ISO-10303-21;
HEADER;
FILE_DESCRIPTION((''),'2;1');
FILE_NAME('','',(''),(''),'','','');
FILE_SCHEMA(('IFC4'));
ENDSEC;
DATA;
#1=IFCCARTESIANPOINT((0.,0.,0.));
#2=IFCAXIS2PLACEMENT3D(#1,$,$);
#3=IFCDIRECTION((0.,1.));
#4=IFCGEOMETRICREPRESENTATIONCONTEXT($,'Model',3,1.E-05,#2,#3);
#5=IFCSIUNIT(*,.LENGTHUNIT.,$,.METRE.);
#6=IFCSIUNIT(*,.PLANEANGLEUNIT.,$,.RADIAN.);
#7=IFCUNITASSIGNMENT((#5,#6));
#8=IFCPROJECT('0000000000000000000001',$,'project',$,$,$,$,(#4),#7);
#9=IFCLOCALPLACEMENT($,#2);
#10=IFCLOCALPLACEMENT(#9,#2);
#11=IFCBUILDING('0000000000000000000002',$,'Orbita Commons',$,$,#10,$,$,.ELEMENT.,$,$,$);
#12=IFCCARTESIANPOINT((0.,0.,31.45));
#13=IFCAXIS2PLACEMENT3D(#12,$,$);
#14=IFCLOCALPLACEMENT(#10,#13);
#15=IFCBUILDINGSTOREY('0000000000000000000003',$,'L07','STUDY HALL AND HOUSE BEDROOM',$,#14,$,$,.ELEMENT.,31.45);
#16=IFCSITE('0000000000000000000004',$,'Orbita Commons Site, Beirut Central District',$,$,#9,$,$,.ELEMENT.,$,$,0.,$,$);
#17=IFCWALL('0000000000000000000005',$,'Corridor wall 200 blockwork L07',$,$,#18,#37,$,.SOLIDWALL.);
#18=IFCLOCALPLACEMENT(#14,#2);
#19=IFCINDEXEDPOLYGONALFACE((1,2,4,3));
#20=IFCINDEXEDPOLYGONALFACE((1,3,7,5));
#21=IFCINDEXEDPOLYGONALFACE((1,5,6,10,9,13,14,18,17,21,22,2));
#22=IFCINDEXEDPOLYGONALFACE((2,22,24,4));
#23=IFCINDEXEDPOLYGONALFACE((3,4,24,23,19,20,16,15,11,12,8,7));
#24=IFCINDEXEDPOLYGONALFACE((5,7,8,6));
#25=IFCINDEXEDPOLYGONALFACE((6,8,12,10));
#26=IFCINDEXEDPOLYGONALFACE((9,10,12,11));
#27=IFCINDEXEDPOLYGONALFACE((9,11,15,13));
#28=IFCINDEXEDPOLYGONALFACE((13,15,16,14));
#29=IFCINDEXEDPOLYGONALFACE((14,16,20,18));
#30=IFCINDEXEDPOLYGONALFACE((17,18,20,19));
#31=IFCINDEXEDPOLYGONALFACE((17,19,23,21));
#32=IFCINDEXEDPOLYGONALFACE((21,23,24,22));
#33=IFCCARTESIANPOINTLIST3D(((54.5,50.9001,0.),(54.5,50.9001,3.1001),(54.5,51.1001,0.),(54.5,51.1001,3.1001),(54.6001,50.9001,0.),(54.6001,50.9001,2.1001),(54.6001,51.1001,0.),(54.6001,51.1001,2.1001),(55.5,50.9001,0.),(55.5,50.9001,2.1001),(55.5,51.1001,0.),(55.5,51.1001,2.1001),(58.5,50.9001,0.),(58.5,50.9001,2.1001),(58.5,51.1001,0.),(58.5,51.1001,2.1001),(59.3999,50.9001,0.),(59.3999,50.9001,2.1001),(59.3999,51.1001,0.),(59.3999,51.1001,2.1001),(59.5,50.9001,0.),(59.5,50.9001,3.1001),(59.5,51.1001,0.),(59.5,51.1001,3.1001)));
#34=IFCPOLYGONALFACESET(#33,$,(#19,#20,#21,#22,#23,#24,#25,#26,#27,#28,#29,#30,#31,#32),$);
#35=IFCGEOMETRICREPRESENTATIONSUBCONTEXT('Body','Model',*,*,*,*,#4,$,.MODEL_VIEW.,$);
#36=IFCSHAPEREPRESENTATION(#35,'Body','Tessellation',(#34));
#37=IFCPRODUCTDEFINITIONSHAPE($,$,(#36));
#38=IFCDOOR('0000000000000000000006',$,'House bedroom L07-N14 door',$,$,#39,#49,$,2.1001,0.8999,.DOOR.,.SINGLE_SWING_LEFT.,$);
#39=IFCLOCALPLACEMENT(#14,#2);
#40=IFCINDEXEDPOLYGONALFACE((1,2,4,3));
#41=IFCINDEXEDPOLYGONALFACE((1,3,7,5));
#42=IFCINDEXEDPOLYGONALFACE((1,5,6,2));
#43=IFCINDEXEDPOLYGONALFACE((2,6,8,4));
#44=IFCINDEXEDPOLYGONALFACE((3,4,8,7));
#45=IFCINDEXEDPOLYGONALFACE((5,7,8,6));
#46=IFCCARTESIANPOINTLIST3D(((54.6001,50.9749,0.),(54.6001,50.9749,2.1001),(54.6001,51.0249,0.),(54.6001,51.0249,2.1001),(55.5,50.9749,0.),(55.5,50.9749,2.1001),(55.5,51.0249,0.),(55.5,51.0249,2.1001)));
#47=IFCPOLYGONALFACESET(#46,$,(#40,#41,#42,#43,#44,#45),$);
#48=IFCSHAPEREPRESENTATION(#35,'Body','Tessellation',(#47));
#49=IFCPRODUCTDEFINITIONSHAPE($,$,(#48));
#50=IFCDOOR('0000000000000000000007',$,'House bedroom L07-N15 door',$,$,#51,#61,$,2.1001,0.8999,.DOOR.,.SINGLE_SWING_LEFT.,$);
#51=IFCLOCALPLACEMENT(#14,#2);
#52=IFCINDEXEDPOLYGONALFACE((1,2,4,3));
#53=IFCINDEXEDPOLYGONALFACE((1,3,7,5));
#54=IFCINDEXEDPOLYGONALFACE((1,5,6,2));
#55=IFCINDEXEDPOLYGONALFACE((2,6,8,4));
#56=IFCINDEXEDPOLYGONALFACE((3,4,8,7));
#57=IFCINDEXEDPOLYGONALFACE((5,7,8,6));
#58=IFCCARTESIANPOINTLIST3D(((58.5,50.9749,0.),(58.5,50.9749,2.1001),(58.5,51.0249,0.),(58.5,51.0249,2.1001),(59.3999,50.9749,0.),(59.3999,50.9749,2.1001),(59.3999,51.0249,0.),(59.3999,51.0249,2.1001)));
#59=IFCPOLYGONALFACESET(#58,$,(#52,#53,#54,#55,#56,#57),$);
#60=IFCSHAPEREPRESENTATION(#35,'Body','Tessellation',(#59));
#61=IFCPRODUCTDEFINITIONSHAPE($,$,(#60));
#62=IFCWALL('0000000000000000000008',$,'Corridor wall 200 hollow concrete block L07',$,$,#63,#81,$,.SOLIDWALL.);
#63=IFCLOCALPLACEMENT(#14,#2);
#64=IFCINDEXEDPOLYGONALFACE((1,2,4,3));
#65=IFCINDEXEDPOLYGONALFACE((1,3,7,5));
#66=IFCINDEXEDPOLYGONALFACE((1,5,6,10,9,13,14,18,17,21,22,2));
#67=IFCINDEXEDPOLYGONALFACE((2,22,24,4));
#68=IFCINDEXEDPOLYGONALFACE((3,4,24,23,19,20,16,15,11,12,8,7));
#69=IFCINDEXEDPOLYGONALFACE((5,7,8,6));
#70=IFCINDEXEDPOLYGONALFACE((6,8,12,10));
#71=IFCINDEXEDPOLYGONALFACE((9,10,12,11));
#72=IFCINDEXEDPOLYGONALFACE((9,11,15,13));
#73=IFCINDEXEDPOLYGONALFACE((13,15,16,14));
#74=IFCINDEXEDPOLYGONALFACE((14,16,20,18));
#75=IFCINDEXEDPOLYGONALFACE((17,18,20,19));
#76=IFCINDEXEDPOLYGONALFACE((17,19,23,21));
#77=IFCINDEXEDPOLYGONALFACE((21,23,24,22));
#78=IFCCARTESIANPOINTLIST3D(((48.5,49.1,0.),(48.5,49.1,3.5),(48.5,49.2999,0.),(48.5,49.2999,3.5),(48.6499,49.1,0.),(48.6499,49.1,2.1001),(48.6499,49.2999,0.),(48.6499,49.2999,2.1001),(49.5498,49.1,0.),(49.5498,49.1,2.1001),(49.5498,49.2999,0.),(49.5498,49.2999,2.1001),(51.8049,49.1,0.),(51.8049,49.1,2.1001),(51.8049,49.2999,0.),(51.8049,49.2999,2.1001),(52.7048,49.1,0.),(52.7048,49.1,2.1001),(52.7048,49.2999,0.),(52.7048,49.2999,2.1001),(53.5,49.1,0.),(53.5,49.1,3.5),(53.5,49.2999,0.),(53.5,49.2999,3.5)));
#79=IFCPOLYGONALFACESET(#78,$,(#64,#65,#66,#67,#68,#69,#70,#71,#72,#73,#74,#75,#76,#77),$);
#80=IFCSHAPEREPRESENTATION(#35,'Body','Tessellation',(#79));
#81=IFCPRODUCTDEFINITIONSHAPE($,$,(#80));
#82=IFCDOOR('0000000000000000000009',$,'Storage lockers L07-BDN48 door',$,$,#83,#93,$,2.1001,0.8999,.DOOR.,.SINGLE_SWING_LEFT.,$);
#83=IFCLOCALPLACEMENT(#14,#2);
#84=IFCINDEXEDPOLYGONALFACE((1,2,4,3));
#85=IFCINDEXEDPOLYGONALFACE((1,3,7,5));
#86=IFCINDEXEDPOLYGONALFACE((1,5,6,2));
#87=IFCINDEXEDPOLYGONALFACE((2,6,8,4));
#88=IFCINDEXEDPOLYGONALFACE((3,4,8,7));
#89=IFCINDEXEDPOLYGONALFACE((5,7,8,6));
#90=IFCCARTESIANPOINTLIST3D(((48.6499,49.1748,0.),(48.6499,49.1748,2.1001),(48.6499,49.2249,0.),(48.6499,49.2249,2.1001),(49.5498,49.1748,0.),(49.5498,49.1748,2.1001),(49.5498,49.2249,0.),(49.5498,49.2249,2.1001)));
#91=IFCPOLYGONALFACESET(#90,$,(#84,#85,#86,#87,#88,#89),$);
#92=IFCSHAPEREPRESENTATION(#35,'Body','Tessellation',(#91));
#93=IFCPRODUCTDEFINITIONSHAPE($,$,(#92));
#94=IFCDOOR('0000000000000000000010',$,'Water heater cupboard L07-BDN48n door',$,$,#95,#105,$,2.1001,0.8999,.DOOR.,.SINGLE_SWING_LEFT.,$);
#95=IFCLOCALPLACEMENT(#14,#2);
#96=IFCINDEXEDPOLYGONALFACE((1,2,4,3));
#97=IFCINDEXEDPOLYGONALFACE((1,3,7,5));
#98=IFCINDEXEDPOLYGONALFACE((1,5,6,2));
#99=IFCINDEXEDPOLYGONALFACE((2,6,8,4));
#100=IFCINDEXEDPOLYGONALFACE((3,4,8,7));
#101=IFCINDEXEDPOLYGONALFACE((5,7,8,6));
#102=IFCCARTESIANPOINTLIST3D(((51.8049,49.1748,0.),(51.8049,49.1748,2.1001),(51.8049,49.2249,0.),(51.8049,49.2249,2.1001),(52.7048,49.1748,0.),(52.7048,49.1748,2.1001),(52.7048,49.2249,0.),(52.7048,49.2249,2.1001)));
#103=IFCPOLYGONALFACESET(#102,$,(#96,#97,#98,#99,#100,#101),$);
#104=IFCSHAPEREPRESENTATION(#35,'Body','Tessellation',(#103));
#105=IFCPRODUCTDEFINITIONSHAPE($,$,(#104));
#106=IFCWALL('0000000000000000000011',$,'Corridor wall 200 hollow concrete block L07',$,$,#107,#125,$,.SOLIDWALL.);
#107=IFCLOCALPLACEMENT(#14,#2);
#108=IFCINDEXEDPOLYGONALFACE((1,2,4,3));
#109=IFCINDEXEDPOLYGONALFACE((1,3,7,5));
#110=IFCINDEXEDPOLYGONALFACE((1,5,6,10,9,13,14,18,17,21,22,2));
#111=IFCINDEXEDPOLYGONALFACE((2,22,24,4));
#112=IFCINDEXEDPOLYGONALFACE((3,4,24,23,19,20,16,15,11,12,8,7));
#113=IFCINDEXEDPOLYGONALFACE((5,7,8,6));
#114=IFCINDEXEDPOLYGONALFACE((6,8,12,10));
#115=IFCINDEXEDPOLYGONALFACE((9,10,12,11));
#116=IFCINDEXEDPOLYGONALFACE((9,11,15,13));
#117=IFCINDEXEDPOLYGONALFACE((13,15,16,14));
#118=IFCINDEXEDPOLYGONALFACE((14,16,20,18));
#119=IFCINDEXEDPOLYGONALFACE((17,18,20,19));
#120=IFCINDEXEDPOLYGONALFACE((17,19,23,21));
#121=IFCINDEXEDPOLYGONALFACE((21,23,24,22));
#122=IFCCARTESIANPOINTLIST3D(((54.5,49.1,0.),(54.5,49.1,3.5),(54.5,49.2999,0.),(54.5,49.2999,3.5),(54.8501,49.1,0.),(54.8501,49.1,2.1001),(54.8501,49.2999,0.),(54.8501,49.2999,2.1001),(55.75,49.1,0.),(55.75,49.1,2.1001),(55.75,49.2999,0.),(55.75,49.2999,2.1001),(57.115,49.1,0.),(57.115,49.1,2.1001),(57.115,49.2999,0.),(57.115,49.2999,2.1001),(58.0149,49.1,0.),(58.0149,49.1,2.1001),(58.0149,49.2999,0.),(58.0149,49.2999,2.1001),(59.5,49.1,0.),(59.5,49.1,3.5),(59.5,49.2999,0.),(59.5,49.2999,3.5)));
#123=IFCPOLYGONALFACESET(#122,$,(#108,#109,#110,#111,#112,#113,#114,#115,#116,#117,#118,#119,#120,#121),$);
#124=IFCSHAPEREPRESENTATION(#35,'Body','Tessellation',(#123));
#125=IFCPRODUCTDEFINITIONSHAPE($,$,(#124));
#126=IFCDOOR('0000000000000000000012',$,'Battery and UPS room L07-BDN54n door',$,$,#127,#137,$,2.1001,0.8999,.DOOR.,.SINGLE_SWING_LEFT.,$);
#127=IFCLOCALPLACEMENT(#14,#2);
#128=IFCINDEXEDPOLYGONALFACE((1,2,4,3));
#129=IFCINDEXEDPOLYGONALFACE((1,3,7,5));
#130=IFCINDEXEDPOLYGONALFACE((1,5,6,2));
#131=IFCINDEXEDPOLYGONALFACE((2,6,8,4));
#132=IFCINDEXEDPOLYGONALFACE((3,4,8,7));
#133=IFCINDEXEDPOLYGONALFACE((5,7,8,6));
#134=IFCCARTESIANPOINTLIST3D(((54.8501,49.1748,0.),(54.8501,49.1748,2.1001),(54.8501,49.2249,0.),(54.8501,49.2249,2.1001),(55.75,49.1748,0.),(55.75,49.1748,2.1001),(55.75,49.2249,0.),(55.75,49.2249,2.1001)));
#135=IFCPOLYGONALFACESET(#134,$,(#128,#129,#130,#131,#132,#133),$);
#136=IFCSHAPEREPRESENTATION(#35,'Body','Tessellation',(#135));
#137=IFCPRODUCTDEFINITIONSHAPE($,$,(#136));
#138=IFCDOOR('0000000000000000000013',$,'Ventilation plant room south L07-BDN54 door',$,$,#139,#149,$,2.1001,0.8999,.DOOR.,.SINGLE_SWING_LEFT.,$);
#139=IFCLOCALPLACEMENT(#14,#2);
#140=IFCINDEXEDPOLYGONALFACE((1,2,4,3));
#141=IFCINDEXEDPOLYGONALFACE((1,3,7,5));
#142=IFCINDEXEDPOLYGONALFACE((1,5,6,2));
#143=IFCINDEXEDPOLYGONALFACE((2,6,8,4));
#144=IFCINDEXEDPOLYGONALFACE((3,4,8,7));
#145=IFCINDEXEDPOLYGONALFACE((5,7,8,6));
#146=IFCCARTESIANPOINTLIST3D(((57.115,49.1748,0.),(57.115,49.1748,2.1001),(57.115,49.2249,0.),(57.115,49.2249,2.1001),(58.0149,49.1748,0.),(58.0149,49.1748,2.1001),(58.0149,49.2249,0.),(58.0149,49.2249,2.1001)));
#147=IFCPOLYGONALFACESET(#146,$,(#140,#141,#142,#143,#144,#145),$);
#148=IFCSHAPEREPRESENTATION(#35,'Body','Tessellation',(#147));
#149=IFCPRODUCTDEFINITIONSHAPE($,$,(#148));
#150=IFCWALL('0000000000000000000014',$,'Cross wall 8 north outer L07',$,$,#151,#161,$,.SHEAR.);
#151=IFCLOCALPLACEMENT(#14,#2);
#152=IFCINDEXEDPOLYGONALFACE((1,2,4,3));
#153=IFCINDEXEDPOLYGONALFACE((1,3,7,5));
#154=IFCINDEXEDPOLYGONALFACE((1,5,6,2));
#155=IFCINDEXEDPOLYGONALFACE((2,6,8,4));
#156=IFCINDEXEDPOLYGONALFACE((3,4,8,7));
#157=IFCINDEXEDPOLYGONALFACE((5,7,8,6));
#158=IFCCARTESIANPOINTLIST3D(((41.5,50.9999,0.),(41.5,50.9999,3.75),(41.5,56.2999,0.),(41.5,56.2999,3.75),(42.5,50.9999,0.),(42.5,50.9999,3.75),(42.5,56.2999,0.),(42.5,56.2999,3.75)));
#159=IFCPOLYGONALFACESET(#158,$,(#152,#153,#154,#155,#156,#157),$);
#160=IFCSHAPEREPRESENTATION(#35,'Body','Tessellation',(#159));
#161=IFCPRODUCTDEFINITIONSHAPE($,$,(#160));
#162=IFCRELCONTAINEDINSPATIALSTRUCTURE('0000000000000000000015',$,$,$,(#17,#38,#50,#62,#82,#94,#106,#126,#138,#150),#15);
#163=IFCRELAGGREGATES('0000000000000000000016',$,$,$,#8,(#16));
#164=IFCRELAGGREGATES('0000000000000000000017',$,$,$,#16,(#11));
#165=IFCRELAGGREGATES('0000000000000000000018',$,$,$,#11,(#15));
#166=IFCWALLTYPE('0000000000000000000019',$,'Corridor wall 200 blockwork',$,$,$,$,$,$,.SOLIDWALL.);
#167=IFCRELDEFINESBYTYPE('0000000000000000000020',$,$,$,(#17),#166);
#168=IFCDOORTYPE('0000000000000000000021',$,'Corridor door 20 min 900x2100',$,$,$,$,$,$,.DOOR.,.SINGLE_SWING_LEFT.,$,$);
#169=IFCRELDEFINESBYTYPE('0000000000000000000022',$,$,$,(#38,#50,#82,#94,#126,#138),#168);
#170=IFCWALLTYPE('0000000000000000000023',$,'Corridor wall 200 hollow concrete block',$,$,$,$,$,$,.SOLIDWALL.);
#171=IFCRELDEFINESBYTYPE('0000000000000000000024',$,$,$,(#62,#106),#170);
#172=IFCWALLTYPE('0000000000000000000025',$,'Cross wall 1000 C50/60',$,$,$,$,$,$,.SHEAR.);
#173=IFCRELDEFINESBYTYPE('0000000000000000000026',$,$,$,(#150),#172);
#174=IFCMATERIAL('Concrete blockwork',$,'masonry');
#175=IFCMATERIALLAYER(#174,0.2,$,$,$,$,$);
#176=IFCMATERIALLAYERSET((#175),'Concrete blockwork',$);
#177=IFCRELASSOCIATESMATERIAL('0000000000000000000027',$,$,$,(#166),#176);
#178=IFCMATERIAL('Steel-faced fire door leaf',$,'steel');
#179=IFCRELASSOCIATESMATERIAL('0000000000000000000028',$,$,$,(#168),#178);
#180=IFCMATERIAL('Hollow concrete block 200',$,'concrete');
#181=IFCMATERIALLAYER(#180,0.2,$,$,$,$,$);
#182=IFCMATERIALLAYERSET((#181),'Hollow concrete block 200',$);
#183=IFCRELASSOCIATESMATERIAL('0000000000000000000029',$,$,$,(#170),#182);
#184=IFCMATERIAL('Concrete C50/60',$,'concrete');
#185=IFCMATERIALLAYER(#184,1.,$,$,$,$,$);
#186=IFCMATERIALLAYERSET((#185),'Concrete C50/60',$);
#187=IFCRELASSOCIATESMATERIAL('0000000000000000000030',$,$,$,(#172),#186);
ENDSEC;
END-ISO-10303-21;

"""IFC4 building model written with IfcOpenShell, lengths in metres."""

from ifc_helpers import new_model, si_unit, direction, frame, frame_2d, origin, place, context, subcontext, project, spatial, polyline, rectangle, outline, extrude, material, layer, layer_set, type_object, element, fill, save


model = new_model("IFC4")

# Units and contexts
model_context = context("Model", 3, precision=1e-05, world=origin(), true_north=direction((0.0, 1.0)))
body_context = subcontext(model_context, "Body", "Model", "MODEL_VIEW")
ifc_project = project(units=[si_unit("LENGTHUNIT", "METRE"), si_unit("PLANEANGLEUNIT", "RADIAN")], contexts=[model_context])

# Site, building, storey
site_placement = place(None, origin())
site = spatial("IfcSite", under=ifc_project, at=site_placement, Name="Orbita Commons Site, Beirut Central District", CompositionType="ELEMENT", RefElevation=0.0)
building_placement = place(site_placement, origin())
building = spatial("IfcBuilding", under=site, at=building_placement, Name="Orbita Commons", CompositionType="ELEMENT")
storey_placement = place(building_placement, frame((0.0, 0.0, 31.45)))
storey = spatial("IfcBuildingStorey", under=building, at=storey_placement, Name="L07", Description="STUDY HALL AND HOUSE BEDROOM", CompositionType="ELEMENT", Elevation=31.45)

# Shared definitions
ifc_material_1 = material(Name="Concrete blockwork", Category="masonry")
ifc_layer_1 = layer(ifc_material_1, 0.2)
ifc_layer_set_1 = layer_set([ifc_layer_1], Name="Concrete blockwork")
wall_type_1 = type_object("IfcWallType", Name="Corridor wall 200 blockwork", PredefinedType="SOLIDWALL", material=ifc_layer_set_1)

# Walls, openings, doors
wall_1_placement = place(storey_placement, frame((54.5, 51.0, 0.0), z_axis=(0.0, 0.0, 1.0), x_axis=(1.0, 0.0, 0.0)))
wall_1 = element("IfcWall", 1, at=wall_1_placement, inside=storey, type_object=wall_type_1, Name="Corridor wall 200 blockwork L07", PredefinedType="SOLIDWALL", context=body_context, shape_type="SweptSolid", body=[
    extrude(outline(polyline([(0.0, 0.0), (5.0, 0.0), (5.0, 3.1001), (0.0, 3.1001), (0.0, 0.0)])), frame((0.0, 0.1001, 0.0), z_axis=(0.0, -1.0, 0.0), x_axis=(1.0, 0.0, 0.0)), (0.0, 0.0, 1.0), 0.2),
])
opening_1_placement = place(wall_1_placement, frame((0.1001, 0.0, 0.0)))
opening_1 = element("IfcOpeningElement", 2, at=opening_1_placement, cuts=wall_1, PredefinedType="OPENING", context=body_context, shape_type="SweptSolid", body=[
    extrude(rectangle(XDim=0.8999, YDim=2.1001, at=frame_2d((0.45, 1.05))), frame((0.0, 0.1099, 0.0), z_axis=(0.0, -1.0, 0.0), x_axis=(1.0, 0.0, 0.0)), (0.0, 0.0, 1.0), 0.22),
])
opening_2_placement = place(wall_1_placement, frame((4.0, 0.0, 0.0)))
opening_2 = element("IfcOpeningElement", 3, at=opening_2_placement, cuts=wall_1, PredefinedType="OPENING", context=body_context, shape_type="SweptSolid", body=[
    extrude(rectangle(XDim=0.8999, YDim=2.1001, at=frame_2d((0.45, 1.05))), frame((0.0, 0.1099, 0.0), z_axis=(0.0, -1.0, 0.0), x_axis=(1.0, 0.0, 0.0)), (0.0, 0.0, 1.0), 0.22),
])
ifc_material_2 = material(Name="Steel-faced fire door leaf", Category="steel")
door_type_1 = type_object("IfcDoorType", Name="Corridor door 20 min 900x2100", OperationType="SINGLE_SWING_LEFT", PredefinedType="DOOR", material=ifc_material_2)
door_1_placement = place(opening_1_placement, origin())
door_1 = element("IfcDoor", 4, at=door_1_placement, inside=storey, type_object=door_type_1, Name="House bedroom L07-N14 door", OperationType="SINGLE_SWING_LEFT", OverallHeight=2.1001, OverallWidth=0.8999, PredefinedType="DOOR", context=body_context, shape_type="SweptSolid", body=[
    extrude(rectangle(XDim=0.8999, YDim=2.1001, at=frame_2d((0.45, 1.05))), frame((0.0, 0.0249, 0.0), z_axis=(0.0, -1.0, 0.0), x_axis=(1.0, 0.0, 0.0)), (0.0, 0.0, 1.0), 0.05),
])
fill(opening_1, door_1)
door_2_placement = place(opening_2_placement, origin())
door_2 = element("IfcDoor", 5, at=door_2_placement, inside=storey, type_object=door_type_1, Name="House bedroom L07-N15 door", OperationType="SINGLE_SWING_LEFT", OverallHeight=2.1001, OverallWidth=0.8999, PredefinedType="DOOR", context=body_context, shape_type="SweptSolid", body=[
    extrude(rectangle(XDim=0.8999, YDim=2.1001, at=frame_2d((0.45, 1.05))), frame((0.0, 0.0249, 0.0), z_axis=(0.0, -1.0, 0.0), x_axis=(1.0, 0.0, 0.0)), (0.0, 0.0, 1.0), 0.05),
])
fill(opening_2, door_2)
ifc_material_3 = material(Name="Hollow concrete block 200", Category="concrete")
ifc_layer_2 = layer(ifc_material_3, 0.2)
ifc_layer_set_2 = layer_set([ifc_layer_2], Name="Hollow concrete block 200")
wall_type_2 = type_object("IfcWallType", Name="Corridor wall 200 hollow concrete block", PredefinedType="SOLIDWALL", material=ifc_layer_set_2)
wall_2_placement = place(storey_placement, frame((48.5, 49.2, 0.0), z_axis=(0.0, 0.0, 1.0), x_axis=(1.0, 0.0, 0.0)))
wall_2 = element("IfcWall", 6, at=wall_2_placement, inside=storey, type_object=wall_type_2, Name="Corridor wall 200 hollow concrete block L07", PredefinedType="SOLIDWALL", context=body_context, shape_type="SweptSolid", body=[
    extrude(rectangle(XDim=5.0, YDim=0.2, at=frame_2d((2.5, 0.0))), origin(), (0.0, 0.0, 1.0), 3.5),
])
opening_3_placement = place(wall_2_placement, frame((0.1499, 0.0, 0.0)))
opening_3 = element("IfcOpeningElement", 7, at=opening_3_placement, cuts=wall_2, PredefinedType="OPENING", context=body_context, shape_type="SweptSolid", body=[
    extrude(rectangle(XDim=0.8999, YDim=2.1001, at=frame_2d((0.45, 1.05))), frame((0.0, 0.1099, 0.0), z_axis=(0.0, -1.0, 0.0), x_axis=(1.0, 0.0, 0.0)), (0.0, 0.0, 1.0), 0.22),
])
opening_4_placement = place(wall_2_placement, frame((3.3049, 0.0, 0.0)))
opening_4 = element("IfcOpeningElement", 8, at=opening_4_placement, cuts=wall_2, PredefinedType="OPENING", context=body_context, shape_type="SweptSolid", body=[
    extrude(rectangle(XDim=0.8999, YDim=2.1001, at=frame_2d((0.45, 1.05))), frame((0.0, 0.1099, 0.0), z_axis=(0.0, -1.0, 0.0), x_axis=(1.0, 0.0, 0.0)), (0.0, 0.0, 1.0), 0.22),
])
door_3_placement = place(opening_3_placement, origin())
door_3 = element("IfcDoor", 9, at=door_3_placement, inside=storey, type_object=door_type_1, Name="Storage lockers L07-BDN48 door", OperationType="SINGLE_SWING_LEFT", OverallHeight=2.1001, OverallWidth=0.8999, PredefinedType="DOOR", context=body_context, shape_type="SweptSolid", body=[
    extrude(rectangle(XDim=0.8999, YDim=2.1001, at=frame_2d((0.45, 1.05))), frame((0.0, 0.0249, 0.0), z_axis=(0.0, -1.0, 0.0), x_axis=(1.0, 0.0, 0.0)), (0.0, 0.0, 1.0), 0.05),
])
fill(opening_3, door_3)
door_4_placement = place(opening_4_placement, origin())
door_4 = element("IfcDoor", 10, at=door_4_placement, inside=storey, type_object=door_type_1, Name="Water heater cupboard L07-BDN48n door", OperationType="SINGLE_SWING_LEFT", OverallHeight=2.1001, OverallWidth=0.8999, PredefinedType="DOOR", context=body_context, shape_type="SweptSolid", body=[
    extrude(rectangle(XDim=0.8999, YDim=2.1001, at=frame_2d((0.45, 1.05))), frame((0.0, 0.0249, 0.0), z_axis=(0.0, -1.0, 0.0), x_axis=(1.0, 0.0, 0.0)), (0.0, 0.0, 1.0), 0.05),
])
fill(opening_4, door_4)
wall_3_placement = place(storey_placement, frame((54.5, 49.2, 0.0), z_axis=(0.0, 0.0, 1.0), x_axis=(1.0, 0.0, 0.0)))
wall_3 = element("IfcWall", 11, at=wall_3_placement, inside=storey, type_object=wall_type_2, Name="Corridor wall 200 hollow concrete block L07", PredefinedType="SOLIDWALL", context=body_context, shape_type="SweptSolid", body=[
    extrude(rectangle(XDim=5.0, YDim=0.2, at=frame_2d((2.5, 0.0))), origin(), (0.0, 0.0, 1.0), 3.5),
])
opening_5_placement = place(wall_3_placement, frame((0.3501, 0.0, 0.0)))
opening_5 = element("IfcOpeningElement", 12, at=opening_5_placement, cuts=wall_3, PredefinedType="OPENING", context=body_context, shape_type="SweptSolid", body=[
    extrude(rectangle(XDim=0.8999, YDim=2.1001, at=frame_2d((0.45, 1.05))), frame((0.0, 0.1099, 0.0), z_axis=(0.0, -1.0, 0.0), x_axis=(1.0, 0.0, 0.0)), (0.0, 0.0, 1.0), 0.22),
])
opening_6_placement = place(wall_3_placement, frame((2.615, 0.0, 0.0)))
opening_6 = element("IfcOpeningElement", 13, at=opening_6_placement, cuts=wall_3, PredefinedType="OPENING", context=body_context, shape_type="SweptSolid", body=[
    extrude(rectangle(XDim=0.8999, YDim=2.1001, at=frame_2d((0.45, 1.05))), frame((0.0, 0.1099, 0.0), z_axis=(0.0, -1.0, 0.0), x_axis=(1.0, 0.0, 0.0)), (0.0, 0.0, 1.0), 0.22),
])
door_5_placement = place(opening_5_placement, origin())
door_5 = element("IfcDoor", 14, at=door_5_placement, inside=storey, type_object=door_type_1, Name="Battery and UPS room L07-BDN54n door", OperationType="SINGLE_SWING_LEFT", OverallHeight=2.1001, OverallWidth=0.8999, PredefinedType="DOOR", context=body_context, shape_type="SweptSolid", body=[
    extrude(rectangle(XDim=0.8999, YDim=2.1001, at=frame_2d((0.45, 1.05))), frame((0.0, 0.0249, 0.0), z_axis=(0.0, -1.0, 0.0), x_axis=(1.0, 0.0, 0.0)), (0.0, 0.0, 1.0), 0.05),
])
fill(opening_5, door_5)
door_6_placement = place(opening_6_placement, origin())
door_6 = element("IfcDoor", 15, at=door_6_placement, inside=storey, type_object=door_type_1, Name="Ventilation plant room south L07-BDN54 door", OperationType="SINGLE_SWING_LEFT", OverallHeight=2.1001, OverallWidth=0.8999, PredefinedType="DOOR", context=body_context, shape_type="SweptSolid", body=[
    extrude(rectangle(XDim=0.8999, YDim=2.1001, at=frame_2d((0.45, 1.05))), frame((0.0, 0.0249, 0.0), z_axis=(0.0, -1.0, 0.0), x_axis=(1.0, 0.0, 0.0)), (0.0, 0.0, 1.0), 0.05),
])
fill(opening_6, door_6)

# Wall
ifc_material_4 = material(Name="Concrete C50/60", Category="concrete")
ifc_layer_3 = layer(ifc_material_4, 1.0)
ifc_layer_set_3 = layer_set([ifc_layer_3], Name="Concrete C50/60")
wall_type_3 = type_object("IfcWallType", Name="Cross wall 1000 C50/60", PredefinedType="SHEAR", material=ifc_layer_set_3)
for number, where, z_axis, x_axis, name in (
    (16, (42.0, 51.0, 0.0), (0.0, 0.0, 1.0), (0.0, 1.0, 0.0), "Cross wall 8 north outer L07"),
):
    element("IfcWall", number, at=place(storey_placement, frame(where, z_axis=z_axis, x_axis=x_axis)), inside=storey, type_object=wall_type_3, Name=name, PredefinedType="SHEAR", context=body_context, shape_type="SweptSolid", body=[
        extrude(rectangle(XDim=5.3, YDim=1.0, at=frame_2d((2.6499, 0.0))), origin(), (0.0, 0.0, 1.0), 3.75),
    ])

save(model, "model.ifc")
